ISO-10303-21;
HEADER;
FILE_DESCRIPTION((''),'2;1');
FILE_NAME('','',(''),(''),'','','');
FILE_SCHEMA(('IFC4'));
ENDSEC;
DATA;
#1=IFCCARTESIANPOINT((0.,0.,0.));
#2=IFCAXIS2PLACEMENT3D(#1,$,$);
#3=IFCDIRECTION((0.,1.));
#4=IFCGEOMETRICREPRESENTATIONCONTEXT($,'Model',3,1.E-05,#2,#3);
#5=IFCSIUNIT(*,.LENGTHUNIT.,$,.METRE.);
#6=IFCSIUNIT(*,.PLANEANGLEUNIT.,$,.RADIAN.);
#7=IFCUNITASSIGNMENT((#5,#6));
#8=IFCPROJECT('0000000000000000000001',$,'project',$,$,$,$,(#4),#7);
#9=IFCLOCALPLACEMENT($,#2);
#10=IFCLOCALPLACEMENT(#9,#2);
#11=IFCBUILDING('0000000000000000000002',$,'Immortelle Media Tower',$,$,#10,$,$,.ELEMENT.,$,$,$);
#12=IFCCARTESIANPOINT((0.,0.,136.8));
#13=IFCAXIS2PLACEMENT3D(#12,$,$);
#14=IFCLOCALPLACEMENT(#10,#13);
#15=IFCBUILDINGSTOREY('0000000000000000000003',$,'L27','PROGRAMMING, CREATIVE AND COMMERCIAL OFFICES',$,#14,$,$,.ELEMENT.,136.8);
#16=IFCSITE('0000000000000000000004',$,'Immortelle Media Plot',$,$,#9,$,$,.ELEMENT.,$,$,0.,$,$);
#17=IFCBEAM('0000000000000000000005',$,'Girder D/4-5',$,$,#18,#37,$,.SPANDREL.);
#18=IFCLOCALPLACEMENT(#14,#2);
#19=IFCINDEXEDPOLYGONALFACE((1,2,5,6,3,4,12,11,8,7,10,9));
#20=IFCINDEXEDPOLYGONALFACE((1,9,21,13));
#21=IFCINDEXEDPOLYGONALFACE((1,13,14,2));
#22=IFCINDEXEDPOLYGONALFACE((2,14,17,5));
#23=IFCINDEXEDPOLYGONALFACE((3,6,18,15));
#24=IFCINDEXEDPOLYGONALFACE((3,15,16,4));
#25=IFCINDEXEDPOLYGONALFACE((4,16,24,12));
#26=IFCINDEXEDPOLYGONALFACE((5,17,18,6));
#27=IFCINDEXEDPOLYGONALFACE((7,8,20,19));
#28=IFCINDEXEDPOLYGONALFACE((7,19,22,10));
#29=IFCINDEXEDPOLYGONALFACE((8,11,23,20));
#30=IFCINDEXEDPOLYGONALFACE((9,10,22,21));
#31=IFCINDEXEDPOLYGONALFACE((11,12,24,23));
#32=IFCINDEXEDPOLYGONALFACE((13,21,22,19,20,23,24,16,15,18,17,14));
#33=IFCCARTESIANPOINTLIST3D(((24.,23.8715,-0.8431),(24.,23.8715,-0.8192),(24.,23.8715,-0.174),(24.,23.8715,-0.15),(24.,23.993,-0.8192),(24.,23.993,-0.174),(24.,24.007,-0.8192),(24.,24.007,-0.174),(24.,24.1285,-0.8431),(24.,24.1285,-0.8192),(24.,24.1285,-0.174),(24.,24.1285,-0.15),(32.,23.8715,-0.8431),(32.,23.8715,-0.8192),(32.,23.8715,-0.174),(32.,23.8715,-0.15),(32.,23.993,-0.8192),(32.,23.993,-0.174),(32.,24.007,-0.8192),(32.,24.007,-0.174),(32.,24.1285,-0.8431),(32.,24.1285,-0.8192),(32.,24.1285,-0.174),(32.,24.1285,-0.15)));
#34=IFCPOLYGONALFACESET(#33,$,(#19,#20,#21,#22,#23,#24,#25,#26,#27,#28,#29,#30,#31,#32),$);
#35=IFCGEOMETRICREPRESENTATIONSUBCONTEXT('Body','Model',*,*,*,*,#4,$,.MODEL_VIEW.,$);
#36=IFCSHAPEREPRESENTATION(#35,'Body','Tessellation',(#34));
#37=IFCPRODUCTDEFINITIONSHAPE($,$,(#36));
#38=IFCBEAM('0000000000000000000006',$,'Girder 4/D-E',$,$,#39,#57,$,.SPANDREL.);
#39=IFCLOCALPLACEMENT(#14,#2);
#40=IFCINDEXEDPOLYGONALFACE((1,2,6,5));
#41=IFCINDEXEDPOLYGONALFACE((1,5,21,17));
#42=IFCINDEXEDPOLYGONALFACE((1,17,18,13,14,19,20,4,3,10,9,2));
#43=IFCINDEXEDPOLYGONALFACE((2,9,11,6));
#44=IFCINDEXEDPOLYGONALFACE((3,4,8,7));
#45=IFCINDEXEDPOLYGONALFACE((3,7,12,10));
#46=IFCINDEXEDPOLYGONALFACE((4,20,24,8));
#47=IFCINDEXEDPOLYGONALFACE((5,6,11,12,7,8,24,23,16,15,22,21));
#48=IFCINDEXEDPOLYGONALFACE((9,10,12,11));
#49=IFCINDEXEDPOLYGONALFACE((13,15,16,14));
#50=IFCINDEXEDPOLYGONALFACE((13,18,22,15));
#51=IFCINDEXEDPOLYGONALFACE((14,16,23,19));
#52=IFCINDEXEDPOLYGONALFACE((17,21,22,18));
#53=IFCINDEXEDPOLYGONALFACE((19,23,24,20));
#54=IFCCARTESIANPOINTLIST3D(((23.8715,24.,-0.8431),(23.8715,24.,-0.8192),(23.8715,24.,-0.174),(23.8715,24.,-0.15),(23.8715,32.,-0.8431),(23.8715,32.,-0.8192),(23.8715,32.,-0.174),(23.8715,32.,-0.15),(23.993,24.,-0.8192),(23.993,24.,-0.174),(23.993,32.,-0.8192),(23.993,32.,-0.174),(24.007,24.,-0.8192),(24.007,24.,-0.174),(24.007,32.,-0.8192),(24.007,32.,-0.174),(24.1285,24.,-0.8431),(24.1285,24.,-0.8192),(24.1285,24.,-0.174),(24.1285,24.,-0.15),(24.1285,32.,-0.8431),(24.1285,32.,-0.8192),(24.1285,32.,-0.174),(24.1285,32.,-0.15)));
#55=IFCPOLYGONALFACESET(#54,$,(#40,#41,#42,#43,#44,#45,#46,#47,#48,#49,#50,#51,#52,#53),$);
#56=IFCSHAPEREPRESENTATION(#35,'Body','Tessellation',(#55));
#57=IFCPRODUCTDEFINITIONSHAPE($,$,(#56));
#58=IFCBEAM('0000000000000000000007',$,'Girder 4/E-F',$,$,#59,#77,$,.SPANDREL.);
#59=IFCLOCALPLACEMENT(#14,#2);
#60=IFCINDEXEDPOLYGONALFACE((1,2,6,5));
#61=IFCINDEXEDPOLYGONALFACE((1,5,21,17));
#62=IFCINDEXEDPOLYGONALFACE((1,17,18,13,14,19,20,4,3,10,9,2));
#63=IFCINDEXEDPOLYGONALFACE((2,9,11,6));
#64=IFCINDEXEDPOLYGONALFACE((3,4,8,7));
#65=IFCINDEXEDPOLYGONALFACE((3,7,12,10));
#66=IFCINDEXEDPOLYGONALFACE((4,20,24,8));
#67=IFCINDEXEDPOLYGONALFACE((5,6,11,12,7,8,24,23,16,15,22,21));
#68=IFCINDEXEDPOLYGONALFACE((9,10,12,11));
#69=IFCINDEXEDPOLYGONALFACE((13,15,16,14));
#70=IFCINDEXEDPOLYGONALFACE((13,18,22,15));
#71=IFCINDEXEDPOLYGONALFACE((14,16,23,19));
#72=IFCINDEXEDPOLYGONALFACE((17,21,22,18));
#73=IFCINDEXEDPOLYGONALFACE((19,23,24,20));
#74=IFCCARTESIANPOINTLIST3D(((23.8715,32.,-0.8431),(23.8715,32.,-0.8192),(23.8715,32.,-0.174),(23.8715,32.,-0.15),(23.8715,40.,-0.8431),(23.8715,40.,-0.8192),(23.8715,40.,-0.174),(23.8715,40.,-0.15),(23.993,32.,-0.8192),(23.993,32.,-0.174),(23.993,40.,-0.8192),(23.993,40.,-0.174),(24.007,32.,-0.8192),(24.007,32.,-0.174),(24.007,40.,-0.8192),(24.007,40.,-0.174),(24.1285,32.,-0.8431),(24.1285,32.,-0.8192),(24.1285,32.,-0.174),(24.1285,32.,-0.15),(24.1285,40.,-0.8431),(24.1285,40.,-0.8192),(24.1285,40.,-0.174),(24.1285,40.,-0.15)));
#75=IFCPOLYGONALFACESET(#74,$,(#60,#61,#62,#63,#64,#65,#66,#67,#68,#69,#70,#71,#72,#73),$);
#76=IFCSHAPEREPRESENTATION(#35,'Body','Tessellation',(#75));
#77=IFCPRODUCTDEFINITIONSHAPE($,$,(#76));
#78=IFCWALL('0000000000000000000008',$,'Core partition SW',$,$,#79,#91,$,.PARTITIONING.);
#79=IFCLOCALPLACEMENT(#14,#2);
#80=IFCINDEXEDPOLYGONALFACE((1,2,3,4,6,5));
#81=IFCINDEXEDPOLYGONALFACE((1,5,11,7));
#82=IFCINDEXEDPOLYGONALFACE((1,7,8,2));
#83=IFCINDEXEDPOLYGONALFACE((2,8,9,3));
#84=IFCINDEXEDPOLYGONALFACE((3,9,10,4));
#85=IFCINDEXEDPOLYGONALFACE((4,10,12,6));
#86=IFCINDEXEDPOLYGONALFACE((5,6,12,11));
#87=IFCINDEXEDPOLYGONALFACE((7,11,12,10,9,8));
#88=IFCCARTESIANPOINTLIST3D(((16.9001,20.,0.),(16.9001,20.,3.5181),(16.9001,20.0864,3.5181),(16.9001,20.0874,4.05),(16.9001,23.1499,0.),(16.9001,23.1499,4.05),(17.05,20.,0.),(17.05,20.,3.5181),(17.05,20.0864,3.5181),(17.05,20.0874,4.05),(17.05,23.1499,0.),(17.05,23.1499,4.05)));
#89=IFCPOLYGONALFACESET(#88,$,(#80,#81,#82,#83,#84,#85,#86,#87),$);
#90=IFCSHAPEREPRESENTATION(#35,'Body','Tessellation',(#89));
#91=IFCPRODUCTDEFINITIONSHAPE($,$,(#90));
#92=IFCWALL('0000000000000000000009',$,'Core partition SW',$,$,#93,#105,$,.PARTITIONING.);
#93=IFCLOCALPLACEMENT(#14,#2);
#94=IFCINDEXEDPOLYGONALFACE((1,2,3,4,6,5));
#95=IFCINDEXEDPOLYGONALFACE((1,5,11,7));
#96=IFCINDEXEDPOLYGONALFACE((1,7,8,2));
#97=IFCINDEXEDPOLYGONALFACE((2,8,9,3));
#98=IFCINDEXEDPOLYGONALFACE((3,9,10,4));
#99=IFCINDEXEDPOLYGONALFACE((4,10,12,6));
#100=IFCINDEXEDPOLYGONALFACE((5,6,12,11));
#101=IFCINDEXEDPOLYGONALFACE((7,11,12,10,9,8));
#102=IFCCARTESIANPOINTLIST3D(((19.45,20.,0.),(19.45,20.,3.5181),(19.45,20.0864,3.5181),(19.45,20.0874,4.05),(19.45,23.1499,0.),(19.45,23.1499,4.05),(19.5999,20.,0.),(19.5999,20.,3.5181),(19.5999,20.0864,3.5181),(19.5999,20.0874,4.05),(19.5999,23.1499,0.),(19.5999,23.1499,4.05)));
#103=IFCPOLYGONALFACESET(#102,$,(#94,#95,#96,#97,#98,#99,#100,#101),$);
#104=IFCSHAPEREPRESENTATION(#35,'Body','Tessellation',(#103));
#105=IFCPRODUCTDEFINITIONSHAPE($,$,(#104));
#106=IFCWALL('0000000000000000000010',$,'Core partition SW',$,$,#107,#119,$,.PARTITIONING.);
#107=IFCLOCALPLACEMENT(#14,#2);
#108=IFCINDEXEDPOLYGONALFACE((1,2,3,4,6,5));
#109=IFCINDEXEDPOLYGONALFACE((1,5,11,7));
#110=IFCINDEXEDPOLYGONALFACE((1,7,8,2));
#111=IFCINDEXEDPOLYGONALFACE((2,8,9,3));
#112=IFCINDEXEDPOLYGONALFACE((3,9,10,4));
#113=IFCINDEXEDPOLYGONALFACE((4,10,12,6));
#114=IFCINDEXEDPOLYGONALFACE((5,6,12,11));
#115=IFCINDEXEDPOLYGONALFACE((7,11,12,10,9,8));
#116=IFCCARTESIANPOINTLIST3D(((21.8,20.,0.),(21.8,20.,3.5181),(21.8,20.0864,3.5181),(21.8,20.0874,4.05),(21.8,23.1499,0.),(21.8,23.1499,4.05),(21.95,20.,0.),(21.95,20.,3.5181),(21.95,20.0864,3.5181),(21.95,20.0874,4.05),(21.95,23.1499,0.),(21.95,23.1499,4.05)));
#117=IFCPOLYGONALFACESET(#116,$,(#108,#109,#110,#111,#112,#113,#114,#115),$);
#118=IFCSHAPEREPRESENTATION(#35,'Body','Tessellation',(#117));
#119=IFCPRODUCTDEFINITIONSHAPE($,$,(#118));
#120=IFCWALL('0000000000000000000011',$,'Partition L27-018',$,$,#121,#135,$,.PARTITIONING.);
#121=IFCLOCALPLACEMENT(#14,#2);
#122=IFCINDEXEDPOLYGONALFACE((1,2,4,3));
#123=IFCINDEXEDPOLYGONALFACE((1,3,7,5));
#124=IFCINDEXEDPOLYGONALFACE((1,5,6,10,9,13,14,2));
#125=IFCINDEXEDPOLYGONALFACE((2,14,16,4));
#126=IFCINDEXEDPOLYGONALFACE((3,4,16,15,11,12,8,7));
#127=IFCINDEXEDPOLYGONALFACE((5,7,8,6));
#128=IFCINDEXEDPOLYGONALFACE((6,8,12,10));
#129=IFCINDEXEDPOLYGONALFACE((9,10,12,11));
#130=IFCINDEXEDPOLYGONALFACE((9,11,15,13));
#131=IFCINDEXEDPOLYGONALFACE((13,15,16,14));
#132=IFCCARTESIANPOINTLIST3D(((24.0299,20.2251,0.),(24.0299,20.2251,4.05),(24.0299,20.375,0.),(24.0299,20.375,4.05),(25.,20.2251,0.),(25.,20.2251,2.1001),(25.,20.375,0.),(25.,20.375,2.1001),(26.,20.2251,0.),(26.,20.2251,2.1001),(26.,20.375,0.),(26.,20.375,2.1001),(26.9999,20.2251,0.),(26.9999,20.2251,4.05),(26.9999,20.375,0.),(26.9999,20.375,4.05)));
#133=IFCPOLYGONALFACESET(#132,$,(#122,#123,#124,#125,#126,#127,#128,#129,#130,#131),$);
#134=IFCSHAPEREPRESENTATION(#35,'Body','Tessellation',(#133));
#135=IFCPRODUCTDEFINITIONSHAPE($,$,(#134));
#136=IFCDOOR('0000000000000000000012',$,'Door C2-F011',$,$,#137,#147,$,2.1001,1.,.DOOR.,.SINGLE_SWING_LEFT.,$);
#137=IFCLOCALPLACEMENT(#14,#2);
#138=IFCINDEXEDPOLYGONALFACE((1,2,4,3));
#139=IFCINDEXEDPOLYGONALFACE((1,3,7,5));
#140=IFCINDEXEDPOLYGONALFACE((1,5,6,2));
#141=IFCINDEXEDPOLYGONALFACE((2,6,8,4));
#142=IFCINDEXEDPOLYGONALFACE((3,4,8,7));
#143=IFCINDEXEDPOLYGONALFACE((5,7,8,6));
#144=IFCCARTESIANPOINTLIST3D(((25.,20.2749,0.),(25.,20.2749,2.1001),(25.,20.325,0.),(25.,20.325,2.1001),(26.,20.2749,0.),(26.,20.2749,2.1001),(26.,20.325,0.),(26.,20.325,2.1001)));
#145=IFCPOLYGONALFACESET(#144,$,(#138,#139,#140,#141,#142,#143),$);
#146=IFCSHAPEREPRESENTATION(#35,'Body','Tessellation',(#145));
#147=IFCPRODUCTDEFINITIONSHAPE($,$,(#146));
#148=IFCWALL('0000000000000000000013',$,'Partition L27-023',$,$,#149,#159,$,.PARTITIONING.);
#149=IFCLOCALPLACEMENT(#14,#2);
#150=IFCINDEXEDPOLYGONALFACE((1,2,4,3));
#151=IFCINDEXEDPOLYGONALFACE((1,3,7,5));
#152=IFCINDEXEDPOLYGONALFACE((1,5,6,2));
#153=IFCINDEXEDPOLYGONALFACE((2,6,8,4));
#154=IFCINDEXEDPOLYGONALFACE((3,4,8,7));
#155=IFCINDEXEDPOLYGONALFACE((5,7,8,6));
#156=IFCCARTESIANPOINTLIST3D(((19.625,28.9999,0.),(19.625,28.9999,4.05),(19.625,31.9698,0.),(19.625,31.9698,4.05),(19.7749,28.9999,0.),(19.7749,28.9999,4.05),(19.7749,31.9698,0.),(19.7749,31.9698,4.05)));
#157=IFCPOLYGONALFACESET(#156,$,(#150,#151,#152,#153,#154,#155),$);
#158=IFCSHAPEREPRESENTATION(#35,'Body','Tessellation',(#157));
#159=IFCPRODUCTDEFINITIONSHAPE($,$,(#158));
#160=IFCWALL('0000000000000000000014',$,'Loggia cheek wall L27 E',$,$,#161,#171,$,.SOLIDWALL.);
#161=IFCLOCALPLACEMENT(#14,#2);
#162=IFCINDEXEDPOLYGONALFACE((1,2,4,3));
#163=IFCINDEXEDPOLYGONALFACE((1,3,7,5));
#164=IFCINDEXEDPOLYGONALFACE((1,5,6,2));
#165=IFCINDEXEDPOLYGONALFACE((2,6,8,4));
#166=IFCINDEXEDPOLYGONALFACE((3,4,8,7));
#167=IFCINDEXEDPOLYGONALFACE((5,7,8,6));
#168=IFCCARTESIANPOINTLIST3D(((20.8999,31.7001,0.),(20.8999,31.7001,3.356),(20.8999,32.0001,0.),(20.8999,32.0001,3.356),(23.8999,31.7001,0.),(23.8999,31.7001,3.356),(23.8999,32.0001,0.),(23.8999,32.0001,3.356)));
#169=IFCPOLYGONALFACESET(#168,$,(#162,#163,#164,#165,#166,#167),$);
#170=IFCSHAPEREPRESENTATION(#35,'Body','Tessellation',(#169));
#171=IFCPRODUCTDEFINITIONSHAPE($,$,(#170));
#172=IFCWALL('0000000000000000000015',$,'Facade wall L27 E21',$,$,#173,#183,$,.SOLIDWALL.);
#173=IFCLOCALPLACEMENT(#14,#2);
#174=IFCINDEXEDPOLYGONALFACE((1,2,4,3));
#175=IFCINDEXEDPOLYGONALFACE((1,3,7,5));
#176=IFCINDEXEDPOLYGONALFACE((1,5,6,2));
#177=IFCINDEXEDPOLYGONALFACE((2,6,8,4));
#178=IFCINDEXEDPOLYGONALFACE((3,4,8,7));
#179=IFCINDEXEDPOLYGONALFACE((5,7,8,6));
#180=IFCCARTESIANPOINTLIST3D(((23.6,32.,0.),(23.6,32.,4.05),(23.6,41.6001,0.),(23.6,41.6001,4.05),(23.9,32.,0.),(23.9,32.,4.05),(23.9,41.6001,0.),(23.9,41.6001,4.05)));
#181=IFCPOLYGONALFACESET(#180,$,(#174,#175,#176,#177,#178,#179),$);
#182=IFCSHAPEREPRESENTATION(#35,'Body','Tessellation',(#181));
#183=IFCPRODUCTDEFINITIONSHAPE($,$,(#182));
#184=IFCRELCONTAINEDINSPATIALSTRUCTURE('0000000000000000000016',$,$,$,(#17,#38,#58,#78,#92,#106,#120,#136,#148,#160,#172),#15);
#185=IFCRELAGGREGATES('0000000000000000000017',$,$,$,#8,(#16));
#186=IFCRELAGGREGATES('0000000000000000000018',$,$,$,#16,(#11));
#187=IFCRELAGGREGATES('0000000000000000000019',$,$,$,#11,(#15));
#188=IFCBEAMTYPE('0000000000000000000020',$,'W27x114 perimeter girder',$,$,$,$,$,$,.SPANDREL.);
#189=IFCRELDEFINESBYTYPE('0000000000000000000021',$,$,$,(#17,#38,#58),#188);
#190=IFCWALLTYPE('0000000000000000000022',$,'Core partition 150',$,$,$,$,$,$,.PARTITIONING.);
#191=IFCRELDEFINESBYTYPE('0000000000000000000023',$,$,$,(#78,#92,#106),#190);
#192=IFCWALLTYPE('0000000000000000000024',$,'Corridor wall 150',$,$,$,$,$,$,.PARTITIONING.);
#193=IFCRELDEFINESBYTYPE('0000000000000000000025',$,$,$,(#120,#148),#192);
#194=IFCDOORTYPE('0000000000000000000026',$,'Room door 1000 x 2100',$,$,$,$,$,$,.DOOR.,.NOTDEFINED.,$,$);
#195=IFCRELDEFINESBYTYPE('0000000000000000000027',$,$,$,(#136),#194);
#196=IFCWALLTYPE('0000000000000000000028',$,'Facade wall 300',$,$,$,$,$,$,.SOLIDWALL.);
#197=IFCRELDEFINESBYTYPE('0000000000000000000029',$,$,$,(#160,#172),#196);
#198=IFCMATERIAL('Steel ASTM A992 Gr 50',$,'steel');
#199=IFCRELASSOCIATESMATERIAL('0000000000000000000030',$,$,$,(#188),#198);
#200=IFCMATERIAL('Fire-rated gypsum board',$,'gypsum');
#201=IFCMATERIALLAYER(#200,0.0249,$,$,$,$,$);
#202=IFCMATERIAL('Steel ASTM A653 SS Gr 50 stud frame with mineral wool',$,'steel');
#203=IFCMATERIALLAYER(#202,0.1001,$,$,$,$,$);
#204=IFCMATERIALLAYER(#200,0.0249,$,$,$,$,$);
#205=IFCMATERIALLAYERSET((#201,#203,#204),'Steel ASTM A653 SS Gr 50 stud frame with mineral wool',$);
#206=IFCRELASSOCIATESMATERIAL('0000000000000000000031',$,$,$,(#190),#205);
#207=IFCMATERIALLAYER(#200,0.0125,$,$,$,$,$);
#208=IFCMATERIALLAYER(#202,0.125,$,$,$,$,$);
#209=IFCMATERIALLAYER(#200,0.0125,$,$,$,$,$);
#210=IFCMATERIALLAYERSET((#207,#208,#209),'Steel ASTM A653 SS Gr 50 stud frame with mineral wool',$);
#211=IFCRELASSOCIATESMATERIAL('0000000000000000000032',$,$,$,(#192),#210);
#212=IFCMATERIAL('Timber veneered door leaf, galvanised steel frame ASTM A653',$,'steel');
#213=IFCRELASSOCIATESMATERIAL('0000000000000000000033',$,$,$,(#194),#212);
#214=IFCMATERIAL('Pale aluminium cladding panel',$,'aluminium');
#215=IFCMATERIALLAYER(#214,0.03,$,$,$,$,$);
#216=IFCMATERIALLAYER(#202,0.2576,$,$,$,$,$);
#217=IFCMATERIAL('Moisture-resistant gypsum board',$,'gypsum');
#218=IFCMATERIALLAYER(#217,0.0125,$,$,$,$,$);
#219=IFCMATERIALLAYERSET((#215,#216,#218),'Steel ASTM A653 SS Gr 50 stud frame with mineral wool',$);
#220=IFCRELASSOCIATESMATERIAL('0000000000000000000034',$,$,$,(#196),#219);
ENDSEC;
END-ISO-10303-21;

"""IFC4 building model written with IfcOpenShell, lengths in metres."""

from ifc_helpers import new_model, si_unit, direction, frame, frame_2d, origin, origin_2d, place, context, subcontext, project, spatial, polyline, rectangle, i_section, outline, extrude, material, layer, layer_set, material_profile, profile_set, type_object, element, fill, save


model = new_model("IFC4")

# Units and contexts
model_context = context("Model", 3, precision=1e-05, world=origin(), true_north=direction((0.0, 1.0)))
body_context = subcontext(model_context, "Body", "Model", "MODEL_VIEW")
ifc_project = project(units=[si_unit("LENGTHUNIT", "METRE"), si_unit("PLANEANGLEUNIT", "RADIAN")], contexts=[model_context])

# Site, building, storey
site_placement = place(None, origin())
site = spatial("IfcSite", under=ifc_project, at=site_placement, Name="Immortelle Media Plot", CompositionType="ELEMENT", RefElevation=0.0)
building_placement = place(site_placement, origin())
building = spatial("IfcBuilding", under=site, at=building_placement, Name="Immortelle Media Tower", CompositionType="ELEMENT")
storey_placement = place(building_placement, frame((0.0, 0.0, 136.8)))
storey = spatial("IfcBuildingStorey", under=building, at=storey_placement, Name="L27", Description="PROGRAMMING, CREATIVE AND COMMERCIAL OFFICES", CompositionType="ELEMENT", Elevation=136.8)

# Shared definitions
ifc_material_1 = material(Name="Steel ASTM A992 Gr 50", Category="steel")

# Beams
ifc_material_profile_1 = material_profile(ifc_material_1, i_section(OverallWidth=0.2571, OverallDepth=0.6931, WebThickness=0.0139, FlangeThickness=0.0239, at=origin_2d()), Name="W27x114")
ifc_profile_set_1 = profile_set([ifc_material_profile_1], Name="Steel ASTM A992 Gr 50")
beam_type_1 = type_object("IfcBeamType", Name="W27x114 perimeter girder", PredefinedType="SPANDREL", material=ifc_profile_set_1)
for number, where, z_axis, x_axis, name in (
    (1, (24.0, 24.0, -0.4966), (1.0, 0.0, 0.0), (0.0, 1.0, 0.0), "Girder D/4-5"),
    (2, (24.0, 24.0, -0.4966), (0.0, 1.0, 0.0), (-1.0, 0.0, 0.0), "Girder 4/D-E"),
    (3, (24.0, 32.0, -0.4966), (0.0, 1.0, 0.0), (-1.0, 0.0, 0.0), "Girder 4/E-F"),
):
    element("IfcBeam", number, at=place(storey_placement, frame(where, z_axis=z_axis, x_axis=x_axis)), inside=storey, type_object=beam_type_1, Name=name, PredefinedType="SPANDREL", context=body_context, shape_type="SweptSolid", body=[
        extrude(i_section(OverallWidth=0.2571, OverallDepth=0.6931, WebThickness=0.0139, FlangeThickness=0.0239, at=origin_2d()), origin(), (0.0, 0.0, 1.0), 8.0),
    ])

# Walls
ifc_material_2 = material(Name="Fire-rated gypsum board", Category="gypsum")
ifc_layer_1 = layer(ifc_material_2, 0.0249)
ifc_material_3 = material(Name="Steel ASTM A653 SS Gr 50 stud frame with mineral wool", Category="steel")
ifc_layer_2 = layer(ifc_material_3, 0.1001)
ifc_layer_3 = layer(ifc_material_2, 0.0249)
ifc_layer_set_1 = layer_set([ifc_layer_1, ifc_layer_2, ifc_layer_3], Name="Steel ASTM A653 SS Gr 50 stud frame with mineral wool")
wall_type_1 = type_object("IfcWallType", Name="Core partition 150", PredefinedType="PARTITIONING", material=ifc_layer_set_1)
for number, where, z_axis, x_axis, name in (
    (4, (16.9751, 20.0, 0.0), (0.0, 0.0, 1.0), (0.0, 1.0, 0.0), "Core partition SW"),
    (5, (19.5249, 20.0, 0.0), (0.0, 0.0, 1.0), (0.0, 1.0, 0.0), "Core partition SW"),
    (6, (21.875, 20.0, 0.0), (0.0, 0.0, 1.0), (0.0, 1.0, 0.0), "Core partition SW"),
):
    element("IfcWall", number, at=place(storey_placement, frame(where, z_axis=z_axis, x_axis=x_axis)), inside=storey, type_object=wall_type_1, Name=name, PredefinedType="PARTITIONING", context=body_context, shape_type="SweptSolid", body=[
        extrude(outline(polyline([(0.0, 0.0), (3.1499, 0.0), (3.1499, 4.05), (0.0874, 4.05), (0.0864, 3.5181), (0.0, 3.5181), (0.0, 0.0)])), frame((0.0, 0.075, 0.0), z_axis=(0.0, -1.0, 0.0), x_axis=(1.0, 0.0, 0.0)), (0.0, 0.0, 1.0), 0.1499),
    ])

# Wall, opening, door
ifc_layer_4 = layer(ifc_material_2, 0.0125)
ifc_layer_5 = layer(ifc_material_3, 0.125)
ifc_layer_6 = layer(ifc_material_2, 0.0125)
ifc_layer_set_2 = layer_set([ifc_layer_4, ifc_layer_5, ifc_layer_6], Name="Steel ASTM A653 SS Gr 50 stud frame with mineral wool")
wall_type_2 = type_object("IfcWallType", Name="Corridor wall 150", PredefinedType="PARTITIONING", material=ifc_layer_set_2)
wall_1_placement = place(storey_placement, frame((24.03, 20.3, 0.0), z_axis=(0.0, 0.0, 1.0), x_axis=(1.0, 0.0, 0.0)))
wall_1 = element("IfcWall", 7, at=wall_1_placement, inside=storey, type_object=wall_type_2, Name="Partition L27-018", PredefinedType="PARTITIONING", context=body_context, shape_type="SweptSolid", body=[
    extrude(rectangle(XDim=2.97, YDim=0.1499, at=frame_2d((1.4849, 0.0))), origin(), (0.0, 0.0, 1.0), 4.05),
])
opening_1_placement = place(wall_1_placement, frame((0.97, 0.0, 0.0)))
opening_1 = element("IfcOpeningElement", 8, at=opening_1_placement, cuts=wall_1, PredefinedType="OPENING", context=body_context, shape_type="SweptSolid", body=[
    extrude(rectangle(XDim=1.0, YDim=2.1001, at=frame_2d((0.5, 1.05))), frame((0.0, 0.085, 0.0), z_axis=(0.0, -1.0, 0.0), x_axis=(1.0, 0.0, 0.0)), (0.0, 0.0, 1.0), 0.1699),
])
ifc_material_4 = material(Name="Timber veneered door leaf, galvanised steel frame ASTM A653", Category="steel")
door_type_1 = type_object("IfcDoorType", Name="Room door 1000 x 2100", OperationType="NOTDEFINED", PredefinedType="DOOR", material=ifc_material_4)
door_1_placement = place(opening_1_placement, origin())
door_1 = element("IfcDoor", 9, at=door_1_placement, inside=storey, type_object=door_type_1, Name="Door C2-F011", OperationType="SINGLE_SWING_LEFT", OverallHeight=2.1001, OverallWidth=1.0, PredefinedType="DOOR", context=body_context, shape_type="SweptSolid", body=[
    extrude(rectangle(XDim=1.0, YDim=2.1001, at=frame_2d((0.5, 1.05))), frame((0.0, 0.0249, 0.0), z_axis=(0.0, -1.0, 0.0), x_axis=(1.0, 0.0, 0.0)), (0.0, 0.0, 1.0), 0.05),
])
fill(opening_1, door_1)

# Wall
wall_2_placement = place(storey_placement, frame((19.7, 29.0, 0.0), z_axis=(0.0, 0.0, 1.0), x_axis=(0.0, 1.0, 0.0)))
element("IfcWall", 10, at=wall_2_placement, inside=storey, type_object=wall_type_2, Name="Partition L27-023", PredefinedType="PARTITIONING", context=body_context, shape_type="SweptSolid", body=[
    extrude(rectangle(XDim=2.97, YDim=0.1499, at=frame_2d((1.4849, 0.0))), origin(), (0.0, 0.0, 1.0), 4.05),
])

# Shared definitions
ifc_material_5 = material(Name="Pale aluminium cladding panel", Category="aluminium")
ifc_layer_7 = layer(ifc_material_5, 0.03)
ifc_layer_8 = layer(ifc_material_3, 0.2576)
ifc_material_6 = material(Name="Moisture-resistant gypsum board", Category="gypsum")
ifc_layer_9 = layer(ifc_material_6, 0.0125)
ifc_layer_set_3 = layer_set([ifc_layer_7, ifc_layer_8, ifc_layer_9], Name="Steel ASTM A653 SS Gr 50 stud frame with mineral wool")
wall_type_3 = type_object("IfcWallType", Name="Facade wall 300", PredefinedType="SOLIDWALL", material=ifc_layer_set_3)

# Walls
wall_3_placement = place(storey_placement, frame((23.8999, 31.8501, 0.0), z_axis=(0.0, 0.0, 1.0), x_axis=(-1.0, 0.0, 0.0)))
element("IfcWall", 11, at=wall_3_placement, inside=storey, type_object=wall_type_3, Name="Loggia cheek wall L27 E", PredefinedType="SOLIDWALL", context=body_context, shape_type="SweptSolid", body=[
    extrude(rectangle(XDim=3.0, YDim=0.3, at=frame_2d((1.5, 0.0))), origin(), (0.0, 0.0, 1.0), 3.356),
])
wall_4_placement = place(storey_placement, frame((23.75, 32.0, 0.0), z_axis=(0.0, 0.0, 1.0), x_axis=(0.0, 1.0, 0.0)))
element("IfcWall", 12, at=wall_4_placement, inside=storey, type_object=wall_type_3, Name="Facade wall L27 E21", PredefinedType="SOLIDWALL", context=body_context, shape_type="SweptSolid", body=[
    extrude(rectangle(XDim=9.6001, YDim=0.3, at=frame_2d((4.8, 0.0))), origin(), (0.0, 0.0, 1.0), 4.05),
])

save(model, "model.ifc")
